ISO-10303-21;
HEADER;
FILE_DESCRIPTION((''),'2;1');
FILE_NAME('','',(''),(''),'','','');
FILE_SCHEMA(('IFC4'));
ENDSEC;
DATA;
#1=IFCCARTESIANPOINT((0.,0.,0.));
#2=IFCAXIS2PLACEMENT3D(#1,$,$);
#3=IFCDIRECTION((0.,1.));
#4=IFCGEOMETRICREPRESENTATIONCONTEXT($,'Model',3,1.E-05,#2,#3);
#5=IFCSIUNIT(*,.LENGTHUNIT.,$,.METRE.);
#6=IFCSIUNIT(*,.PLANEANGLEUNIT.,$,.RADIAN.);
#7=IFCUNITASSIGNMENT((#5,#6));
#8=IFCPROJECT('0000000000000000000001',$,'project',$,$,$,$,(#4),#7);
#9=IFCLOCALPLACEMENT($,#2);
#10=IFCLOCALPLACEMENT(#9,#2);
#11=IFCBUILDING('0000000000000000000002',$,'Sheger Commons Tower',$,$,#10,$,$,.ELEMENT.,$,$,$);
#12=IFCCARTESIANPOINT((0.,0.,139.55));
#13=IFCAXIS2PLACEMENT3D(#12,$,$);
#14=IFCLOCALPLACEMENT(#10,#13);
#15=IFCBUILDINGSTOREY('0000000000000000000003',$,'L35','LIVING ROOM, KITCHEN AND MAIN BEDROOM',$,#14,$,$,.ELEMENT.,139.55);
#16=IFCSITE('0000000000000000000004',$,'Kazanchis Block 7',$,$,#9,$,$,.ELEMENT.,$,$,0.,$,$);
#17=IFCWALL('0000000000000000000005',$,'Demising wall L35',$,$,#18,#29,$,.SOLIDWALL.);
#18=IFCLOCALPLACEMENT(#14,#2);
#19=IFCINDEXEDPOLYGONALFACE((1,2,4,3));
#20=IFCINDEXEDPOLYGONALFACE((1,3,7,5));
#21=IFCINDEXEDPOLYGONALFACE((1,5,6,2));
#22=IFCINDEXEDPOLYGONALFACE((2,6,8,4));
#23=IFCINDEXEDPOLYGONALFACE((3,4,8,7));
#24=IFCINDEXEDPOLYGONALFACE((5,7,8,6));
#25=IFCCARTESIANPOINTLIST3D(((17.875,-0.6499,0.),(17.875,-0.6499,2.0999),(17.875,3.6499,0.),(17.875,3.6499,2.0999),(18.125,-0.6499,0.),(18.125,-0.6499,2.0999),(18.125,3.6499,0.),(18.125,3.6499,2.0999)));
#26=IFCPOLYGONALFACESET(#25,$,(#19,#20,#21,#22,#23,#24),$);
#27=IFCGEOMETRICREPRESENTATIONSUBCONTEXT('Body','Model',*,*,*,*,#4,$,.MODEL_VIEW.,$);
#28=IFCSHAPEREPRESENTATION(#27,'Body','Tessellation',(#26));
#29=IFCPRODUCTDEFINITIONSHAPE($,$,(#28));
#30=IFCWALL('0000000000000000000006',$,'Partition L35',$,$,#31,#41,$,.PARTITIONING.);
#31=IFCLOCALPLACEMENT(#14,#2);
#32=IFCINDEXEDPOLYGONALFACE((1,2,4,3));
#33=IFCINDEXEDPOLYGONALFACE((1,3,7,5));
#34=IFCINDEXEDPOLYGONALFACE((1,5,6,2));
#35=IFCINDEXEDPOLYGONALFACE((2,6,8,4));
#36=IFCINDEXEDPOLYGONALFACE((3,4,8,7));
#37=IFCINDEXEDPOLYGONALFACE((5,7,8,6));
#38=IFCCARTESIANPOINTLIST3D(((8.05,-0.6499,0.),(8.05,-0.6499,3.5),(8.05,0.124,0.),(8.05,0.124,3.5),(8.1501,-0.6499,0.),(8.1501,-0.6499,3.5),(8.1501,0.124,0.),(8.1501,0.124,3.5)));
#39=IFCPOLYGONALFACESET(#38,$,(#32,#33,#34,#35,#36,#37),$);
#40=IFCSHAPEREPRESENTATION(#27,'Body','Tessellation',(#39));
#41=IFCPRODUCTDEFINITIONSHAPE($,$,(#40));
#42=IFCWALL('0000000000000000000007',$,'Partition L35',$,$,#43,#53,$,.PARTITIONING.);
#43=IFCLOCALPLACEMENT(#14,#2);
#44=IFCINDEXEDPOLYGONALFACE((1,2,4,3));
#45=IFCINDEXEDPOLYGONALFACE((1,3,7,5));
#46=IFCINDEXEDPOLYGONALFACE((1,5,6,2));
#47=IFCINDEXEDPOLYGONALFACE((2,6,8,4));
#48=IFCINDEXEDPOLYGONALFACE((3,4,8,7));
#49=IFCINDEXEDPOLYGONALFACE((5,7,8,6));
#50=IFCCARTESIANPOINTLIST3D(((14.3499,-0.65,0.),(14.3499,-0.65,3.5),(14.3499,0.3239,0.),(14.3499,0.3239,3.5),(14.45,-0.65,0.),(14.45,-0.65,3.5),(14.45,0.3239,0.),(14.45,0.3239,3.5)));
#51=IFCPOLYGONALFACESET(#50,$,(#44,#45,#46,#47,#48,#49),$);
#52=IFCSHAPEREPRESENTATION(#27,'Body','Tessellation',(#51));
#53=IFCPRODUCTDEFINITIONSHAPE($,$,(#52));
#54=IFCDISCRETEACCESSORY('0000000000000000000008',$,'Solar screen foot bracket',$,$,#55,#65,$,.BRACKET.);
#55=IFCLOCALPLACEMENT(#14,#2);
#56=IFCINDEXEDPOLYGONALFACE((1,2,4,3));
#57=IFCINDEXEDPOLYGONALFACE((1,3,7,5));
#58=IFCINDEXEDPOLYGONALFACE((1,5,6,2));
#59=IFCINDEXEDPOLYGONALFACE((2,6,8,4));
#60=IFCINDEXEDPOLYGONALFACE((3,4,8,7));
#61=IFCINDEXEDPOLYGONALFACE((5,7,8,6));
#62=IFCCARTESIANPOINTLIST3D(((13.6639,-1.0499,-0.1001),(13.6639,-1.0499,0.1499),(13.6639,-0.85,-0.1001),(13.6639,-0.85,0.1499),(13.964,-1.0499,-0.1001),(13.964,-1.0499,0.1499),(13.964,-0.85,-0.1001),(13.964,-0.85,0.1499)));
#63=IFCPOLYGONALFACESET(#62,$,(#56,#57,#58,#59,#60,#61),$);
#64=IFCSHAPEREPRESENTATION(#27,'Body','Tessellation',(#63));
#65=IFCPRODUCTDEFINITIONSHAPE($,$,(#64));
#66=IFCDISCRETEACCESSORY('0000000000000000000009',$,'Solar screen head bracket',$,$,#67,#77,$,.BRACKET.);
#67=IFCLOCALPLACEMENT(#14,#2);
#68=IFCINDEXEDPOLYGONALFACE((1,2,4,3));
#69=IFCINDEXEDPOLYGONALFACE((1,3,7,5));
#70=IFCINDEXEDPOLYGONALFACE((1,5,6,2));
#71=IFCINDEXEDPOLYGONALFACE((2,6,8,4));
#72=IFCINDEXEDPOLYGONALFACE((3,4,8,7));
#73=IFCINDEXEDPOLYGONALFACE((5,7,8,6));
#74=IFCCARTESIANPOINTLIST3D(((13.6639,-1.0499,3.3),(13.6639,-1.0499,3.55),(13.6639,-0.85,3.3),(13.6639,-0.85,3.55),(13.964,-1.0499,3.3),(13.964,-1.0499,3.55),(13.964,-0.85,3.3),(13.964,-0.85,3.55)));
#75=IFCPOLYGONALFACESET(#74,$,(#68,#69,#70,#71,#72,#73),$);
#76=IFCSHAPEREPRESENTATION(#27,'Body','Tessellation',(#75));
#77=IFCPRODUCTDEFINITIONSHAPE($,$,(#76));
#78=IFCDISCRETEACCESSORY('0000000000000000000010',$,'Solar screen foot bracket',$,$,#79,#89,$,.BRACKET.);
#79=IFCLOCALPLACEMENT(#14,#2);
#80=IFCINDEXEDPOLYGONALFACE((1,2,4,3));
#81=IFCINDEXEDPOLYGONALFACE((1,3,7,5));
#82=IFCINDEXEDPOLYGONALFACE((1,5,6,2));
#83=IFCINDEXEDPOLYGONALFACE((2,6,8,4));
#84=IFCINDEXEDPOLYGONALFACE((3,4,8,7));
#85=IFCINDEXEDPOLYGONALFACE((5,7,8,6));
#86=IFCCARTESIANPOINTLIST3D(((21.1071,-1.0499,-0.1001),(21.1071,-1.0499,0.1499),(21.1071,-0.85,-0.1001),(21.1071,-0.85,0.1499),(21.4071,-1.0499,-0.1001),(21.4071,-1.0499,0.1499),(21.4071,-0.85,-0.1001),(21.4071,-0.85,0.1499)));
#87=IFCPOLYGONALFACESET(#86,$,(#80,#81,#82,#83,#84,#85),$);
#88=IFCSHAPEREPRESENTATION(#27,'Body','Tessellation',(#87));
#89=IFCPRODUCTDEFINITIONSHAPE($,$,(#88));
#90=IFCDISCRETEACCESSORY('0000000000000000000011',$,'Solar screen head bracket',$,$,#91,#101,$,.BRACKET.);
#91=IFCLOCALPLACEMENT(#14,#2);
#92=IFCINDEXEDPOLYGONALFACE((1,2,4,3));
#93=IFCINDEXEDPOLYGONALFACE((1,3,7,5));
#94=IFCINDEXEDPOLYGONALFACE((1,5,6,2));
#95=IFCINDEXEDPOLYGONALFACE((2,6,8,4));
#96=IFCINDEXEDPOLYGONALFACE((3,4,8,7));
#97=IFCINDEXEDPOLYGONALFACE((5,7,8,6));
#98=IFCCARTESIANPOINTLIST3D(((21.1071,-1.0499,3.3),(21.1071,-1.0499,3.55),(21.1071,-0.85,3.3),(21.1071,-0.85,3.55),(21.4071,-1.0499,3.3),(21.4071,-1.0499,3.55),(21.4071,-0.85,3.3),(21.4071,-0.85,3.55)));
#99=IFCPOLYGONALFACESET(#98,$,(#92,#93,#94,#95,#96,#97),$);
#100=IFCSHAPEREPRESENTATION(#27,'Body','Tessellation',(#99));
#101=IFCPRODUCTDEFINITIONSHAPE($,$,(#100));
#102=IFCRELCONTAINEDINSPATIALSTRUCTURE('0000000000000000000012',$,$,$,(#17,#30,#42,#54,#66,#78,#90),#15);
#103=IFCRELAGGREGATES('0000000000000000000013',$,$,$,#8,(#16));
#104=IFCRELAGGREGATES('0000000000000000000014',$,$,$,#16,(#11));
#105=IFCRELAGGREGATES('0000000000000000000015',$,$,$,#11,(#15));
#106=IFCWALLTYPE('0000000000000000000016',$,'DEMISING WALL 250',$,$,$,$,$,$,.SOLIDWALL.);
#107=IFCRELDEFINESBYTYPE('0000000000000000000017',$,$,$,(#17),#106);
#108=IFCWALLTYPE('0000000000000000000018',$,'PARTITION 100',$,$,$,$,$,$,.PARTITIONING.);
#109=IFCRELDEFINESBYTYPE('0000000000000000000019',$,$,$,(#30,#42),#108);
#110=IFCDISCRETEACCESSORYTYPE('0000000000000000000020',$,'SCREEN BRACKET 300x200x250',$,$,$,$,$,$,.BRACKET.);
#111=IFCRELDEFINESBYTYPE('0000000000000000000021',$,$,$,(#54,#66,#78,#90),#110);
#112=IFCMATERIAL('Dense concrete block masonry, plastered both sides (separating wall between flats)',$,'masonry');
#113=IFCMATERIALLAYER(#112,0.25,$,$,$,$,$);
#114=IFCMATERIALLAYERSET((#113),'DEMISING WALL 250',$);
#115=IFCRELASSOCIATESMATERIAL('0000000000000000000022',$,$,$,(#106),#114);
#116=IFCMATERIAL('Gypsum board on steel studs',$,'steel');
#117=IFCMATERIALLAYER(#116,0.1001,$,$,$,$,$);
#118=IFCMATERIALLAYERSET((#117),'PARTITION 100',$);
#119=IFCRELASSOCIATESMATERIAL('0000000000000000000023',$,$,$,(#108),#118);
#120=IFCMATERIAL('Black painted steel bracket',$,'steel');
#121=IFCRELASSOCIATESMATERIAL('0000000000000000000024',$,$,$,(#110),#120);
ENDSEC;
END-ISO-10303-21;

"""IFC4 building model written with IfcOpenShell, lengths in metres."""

from ifc_helpers import new_model, si_unit, direction, frame, frame_2d, origin, origin_2d, place, context, subcontext, project, spatial, rectangle, extrude, material, layer, layer_set, type_object, element, save


model = new_model("IFC4")

# Units and contexts
model_context = context("Model", 3, precision=1e-05, world=origin(), true_north=direction((0.0, 1.0)))
body_context = subcontext(model_context, "Body", "Model", "MODEL_VIEW")
ifc_project = project(units=[si_unit("LENGTHUNIT", "METRE"), si_unit("PLANEANGLEUNIT", "RADIAN")], contexts=[model_context])

# Site, building, storey
site_placement = place(None, origin())
site = spatial("IfcSite", under=ifc_project, at=site_placement, Name="Kazanchis Block 7", CompositionType="ELEMENT", RefElevation=0.0)
building_placement = place(site_placement, origin())
building = spatial("IfcBuilding", under=site, at=building_placement, Name="Sheger Commons Tower", CompositionType="ELEMENT")
storey_placement = place(building_placement, frame((0.0, 0.0, 139.55)))
storey = spatial("IfcBuildingStorey", under=building, at=storey_placement, Name="L35", Description="LIVING ROOM, KITCHEN AND MAIN BEDROOM", CompositionType="ELEMENT", Elevation=139.55)

# Walls
ifc_material_1 = material(Name="Dense concrete block masonry, plastered both sides (separating wall between flats)", Category="masonry")
ifc_layer_1 = layer(ifc_material_1, 0.25)
ifc_layer_set_1 = layer_set([ifc_layer_1], Name="DEMISING WALL 250")
wall_type_1 = type_object("IfcWallType", Name="DEMISING WALL 250", PredefinedType="SOLIDWALL", material=ifc_layer_set_1)
wall_1_placement = place(storey_placement, frame((18.0, -0.6499, 0.0), z_axis=(0.0, 0.0, 1.0), x_axis=(0.0, 1.0, 0.0)))
element("IfcWall", 1, at=wall_1_placement, inside=storey, type_object=wall_type_1, Name="Demising wall L35", PredefinedType="SOLIDWALL", context=body_context, shape_type="SweptSolid", body=[
    extrude(rectangle(XDim=4.2998, YDim=0.25, at=frame_2d((2.1499, 0.0))), origin(), (0.0, 0.0, 1.0), 2.0999),
])
ifc_material_2 = material(Name="Gypsum board on steel studs", Category="steel")
ifc_layer_2 = layer(ifc_material_2, 0.1001)
ifc_layer_set_2 = layer_set([ifc_layer_2], Name="PARTITION 100")
wall_type_2 = type_object("IfcWallType", Name="PARTITION 100", PredefinedType="PARTITIONING", material=ifc_layer_set_2)
wall_2_placement = place(storey_placement, frame((8.1001, 0.124, 0.0), z_axis=(0.0, 0.0, 1.0), x_axis=(0.0, -1.0, 0.0)))
element("IfcWall", 2, at=wall_2_placement, inside=storey, type_object=wall_type_2, Name="Partition L35", PredefinedType="PARTITIONING", context=body_context, shape_type="SweptSolid", body=[
    extrude(rectangle(XDim=0.7739, YDim=0.1001, at=frame_2d((0.387, 0.0))), origin(), (0.0, 0.0, 1.0), 3.5),
])
wall_3_placement = place(storey_placement, frame((14.3999, -0.6499, 0.0), z_axis=(0.0, 0.0, 1.0), x_axis=(0.0, 1.0, 0.0)))
element("IfcWall", 3, at=wall_3_placement, inside=storey, type_object=wall_type_2, Name="Partition L35", PredefinedType="PARTITIONING", context=body_context, shape_type="SweptSolid", body=[
    extrude(rectangle(XDim=0.9739, YDim=0.1001, at=frame_2d((0.4868, 0.0))), origin(), (0.0, 0.0, 1.0), 3.5),
])

# Discrete accessories
ifc_material_3 = material(Name="Black painted steel bracket", Category="steel")
discrete_accessory_type = type_object("IfcDiscreteAccessoryType", Name="SCREEN BRACKET 300x200x250", PredefinedType="BRACKET", material=ifc_material_3)
for number, where, z_axis, x_axis, name in (
    (4, (13.814, -0.95, -0.1001), (0.0, 0.0, 1.0), (1.0, 0.0, 0.0), "Solar screen foot bracket"),
    (5, (13.814, -0.95, 3.3), (0.0, 0.0, 1.0), (1.0, 0.0, 0.0), "Solar screen head bracket"),
    (6, (21.2571, -0.95, -0.1001), (0.0, 0.0, 1.0), (1.0, 0.0, 0.0), "Solar screen foot bracket"),
    (7, (21.2571, -0.95, 3.3), (0.0, 0.0, 1.0), (1.0, 0.0, 0.0), "Solar screen head bracket"),
):
    element("IfcDiscreteAccessory", number, at=place(storey_placement, frame(where, z_axis=z_axis, x_axis=x_axis)), inside=storey, type_object=discrete_accessory_type, Name=name, PredefinedType="BRACKET", context=body_context, shape_type="SweptSolid", body=[
        extrude(rectangle(XDim=0.3, YDim=0.2, at=origin_2d()), origin(), (0.0, 0.0, 1.0), 0.25),
    ])

save(model, "model.ifc")
